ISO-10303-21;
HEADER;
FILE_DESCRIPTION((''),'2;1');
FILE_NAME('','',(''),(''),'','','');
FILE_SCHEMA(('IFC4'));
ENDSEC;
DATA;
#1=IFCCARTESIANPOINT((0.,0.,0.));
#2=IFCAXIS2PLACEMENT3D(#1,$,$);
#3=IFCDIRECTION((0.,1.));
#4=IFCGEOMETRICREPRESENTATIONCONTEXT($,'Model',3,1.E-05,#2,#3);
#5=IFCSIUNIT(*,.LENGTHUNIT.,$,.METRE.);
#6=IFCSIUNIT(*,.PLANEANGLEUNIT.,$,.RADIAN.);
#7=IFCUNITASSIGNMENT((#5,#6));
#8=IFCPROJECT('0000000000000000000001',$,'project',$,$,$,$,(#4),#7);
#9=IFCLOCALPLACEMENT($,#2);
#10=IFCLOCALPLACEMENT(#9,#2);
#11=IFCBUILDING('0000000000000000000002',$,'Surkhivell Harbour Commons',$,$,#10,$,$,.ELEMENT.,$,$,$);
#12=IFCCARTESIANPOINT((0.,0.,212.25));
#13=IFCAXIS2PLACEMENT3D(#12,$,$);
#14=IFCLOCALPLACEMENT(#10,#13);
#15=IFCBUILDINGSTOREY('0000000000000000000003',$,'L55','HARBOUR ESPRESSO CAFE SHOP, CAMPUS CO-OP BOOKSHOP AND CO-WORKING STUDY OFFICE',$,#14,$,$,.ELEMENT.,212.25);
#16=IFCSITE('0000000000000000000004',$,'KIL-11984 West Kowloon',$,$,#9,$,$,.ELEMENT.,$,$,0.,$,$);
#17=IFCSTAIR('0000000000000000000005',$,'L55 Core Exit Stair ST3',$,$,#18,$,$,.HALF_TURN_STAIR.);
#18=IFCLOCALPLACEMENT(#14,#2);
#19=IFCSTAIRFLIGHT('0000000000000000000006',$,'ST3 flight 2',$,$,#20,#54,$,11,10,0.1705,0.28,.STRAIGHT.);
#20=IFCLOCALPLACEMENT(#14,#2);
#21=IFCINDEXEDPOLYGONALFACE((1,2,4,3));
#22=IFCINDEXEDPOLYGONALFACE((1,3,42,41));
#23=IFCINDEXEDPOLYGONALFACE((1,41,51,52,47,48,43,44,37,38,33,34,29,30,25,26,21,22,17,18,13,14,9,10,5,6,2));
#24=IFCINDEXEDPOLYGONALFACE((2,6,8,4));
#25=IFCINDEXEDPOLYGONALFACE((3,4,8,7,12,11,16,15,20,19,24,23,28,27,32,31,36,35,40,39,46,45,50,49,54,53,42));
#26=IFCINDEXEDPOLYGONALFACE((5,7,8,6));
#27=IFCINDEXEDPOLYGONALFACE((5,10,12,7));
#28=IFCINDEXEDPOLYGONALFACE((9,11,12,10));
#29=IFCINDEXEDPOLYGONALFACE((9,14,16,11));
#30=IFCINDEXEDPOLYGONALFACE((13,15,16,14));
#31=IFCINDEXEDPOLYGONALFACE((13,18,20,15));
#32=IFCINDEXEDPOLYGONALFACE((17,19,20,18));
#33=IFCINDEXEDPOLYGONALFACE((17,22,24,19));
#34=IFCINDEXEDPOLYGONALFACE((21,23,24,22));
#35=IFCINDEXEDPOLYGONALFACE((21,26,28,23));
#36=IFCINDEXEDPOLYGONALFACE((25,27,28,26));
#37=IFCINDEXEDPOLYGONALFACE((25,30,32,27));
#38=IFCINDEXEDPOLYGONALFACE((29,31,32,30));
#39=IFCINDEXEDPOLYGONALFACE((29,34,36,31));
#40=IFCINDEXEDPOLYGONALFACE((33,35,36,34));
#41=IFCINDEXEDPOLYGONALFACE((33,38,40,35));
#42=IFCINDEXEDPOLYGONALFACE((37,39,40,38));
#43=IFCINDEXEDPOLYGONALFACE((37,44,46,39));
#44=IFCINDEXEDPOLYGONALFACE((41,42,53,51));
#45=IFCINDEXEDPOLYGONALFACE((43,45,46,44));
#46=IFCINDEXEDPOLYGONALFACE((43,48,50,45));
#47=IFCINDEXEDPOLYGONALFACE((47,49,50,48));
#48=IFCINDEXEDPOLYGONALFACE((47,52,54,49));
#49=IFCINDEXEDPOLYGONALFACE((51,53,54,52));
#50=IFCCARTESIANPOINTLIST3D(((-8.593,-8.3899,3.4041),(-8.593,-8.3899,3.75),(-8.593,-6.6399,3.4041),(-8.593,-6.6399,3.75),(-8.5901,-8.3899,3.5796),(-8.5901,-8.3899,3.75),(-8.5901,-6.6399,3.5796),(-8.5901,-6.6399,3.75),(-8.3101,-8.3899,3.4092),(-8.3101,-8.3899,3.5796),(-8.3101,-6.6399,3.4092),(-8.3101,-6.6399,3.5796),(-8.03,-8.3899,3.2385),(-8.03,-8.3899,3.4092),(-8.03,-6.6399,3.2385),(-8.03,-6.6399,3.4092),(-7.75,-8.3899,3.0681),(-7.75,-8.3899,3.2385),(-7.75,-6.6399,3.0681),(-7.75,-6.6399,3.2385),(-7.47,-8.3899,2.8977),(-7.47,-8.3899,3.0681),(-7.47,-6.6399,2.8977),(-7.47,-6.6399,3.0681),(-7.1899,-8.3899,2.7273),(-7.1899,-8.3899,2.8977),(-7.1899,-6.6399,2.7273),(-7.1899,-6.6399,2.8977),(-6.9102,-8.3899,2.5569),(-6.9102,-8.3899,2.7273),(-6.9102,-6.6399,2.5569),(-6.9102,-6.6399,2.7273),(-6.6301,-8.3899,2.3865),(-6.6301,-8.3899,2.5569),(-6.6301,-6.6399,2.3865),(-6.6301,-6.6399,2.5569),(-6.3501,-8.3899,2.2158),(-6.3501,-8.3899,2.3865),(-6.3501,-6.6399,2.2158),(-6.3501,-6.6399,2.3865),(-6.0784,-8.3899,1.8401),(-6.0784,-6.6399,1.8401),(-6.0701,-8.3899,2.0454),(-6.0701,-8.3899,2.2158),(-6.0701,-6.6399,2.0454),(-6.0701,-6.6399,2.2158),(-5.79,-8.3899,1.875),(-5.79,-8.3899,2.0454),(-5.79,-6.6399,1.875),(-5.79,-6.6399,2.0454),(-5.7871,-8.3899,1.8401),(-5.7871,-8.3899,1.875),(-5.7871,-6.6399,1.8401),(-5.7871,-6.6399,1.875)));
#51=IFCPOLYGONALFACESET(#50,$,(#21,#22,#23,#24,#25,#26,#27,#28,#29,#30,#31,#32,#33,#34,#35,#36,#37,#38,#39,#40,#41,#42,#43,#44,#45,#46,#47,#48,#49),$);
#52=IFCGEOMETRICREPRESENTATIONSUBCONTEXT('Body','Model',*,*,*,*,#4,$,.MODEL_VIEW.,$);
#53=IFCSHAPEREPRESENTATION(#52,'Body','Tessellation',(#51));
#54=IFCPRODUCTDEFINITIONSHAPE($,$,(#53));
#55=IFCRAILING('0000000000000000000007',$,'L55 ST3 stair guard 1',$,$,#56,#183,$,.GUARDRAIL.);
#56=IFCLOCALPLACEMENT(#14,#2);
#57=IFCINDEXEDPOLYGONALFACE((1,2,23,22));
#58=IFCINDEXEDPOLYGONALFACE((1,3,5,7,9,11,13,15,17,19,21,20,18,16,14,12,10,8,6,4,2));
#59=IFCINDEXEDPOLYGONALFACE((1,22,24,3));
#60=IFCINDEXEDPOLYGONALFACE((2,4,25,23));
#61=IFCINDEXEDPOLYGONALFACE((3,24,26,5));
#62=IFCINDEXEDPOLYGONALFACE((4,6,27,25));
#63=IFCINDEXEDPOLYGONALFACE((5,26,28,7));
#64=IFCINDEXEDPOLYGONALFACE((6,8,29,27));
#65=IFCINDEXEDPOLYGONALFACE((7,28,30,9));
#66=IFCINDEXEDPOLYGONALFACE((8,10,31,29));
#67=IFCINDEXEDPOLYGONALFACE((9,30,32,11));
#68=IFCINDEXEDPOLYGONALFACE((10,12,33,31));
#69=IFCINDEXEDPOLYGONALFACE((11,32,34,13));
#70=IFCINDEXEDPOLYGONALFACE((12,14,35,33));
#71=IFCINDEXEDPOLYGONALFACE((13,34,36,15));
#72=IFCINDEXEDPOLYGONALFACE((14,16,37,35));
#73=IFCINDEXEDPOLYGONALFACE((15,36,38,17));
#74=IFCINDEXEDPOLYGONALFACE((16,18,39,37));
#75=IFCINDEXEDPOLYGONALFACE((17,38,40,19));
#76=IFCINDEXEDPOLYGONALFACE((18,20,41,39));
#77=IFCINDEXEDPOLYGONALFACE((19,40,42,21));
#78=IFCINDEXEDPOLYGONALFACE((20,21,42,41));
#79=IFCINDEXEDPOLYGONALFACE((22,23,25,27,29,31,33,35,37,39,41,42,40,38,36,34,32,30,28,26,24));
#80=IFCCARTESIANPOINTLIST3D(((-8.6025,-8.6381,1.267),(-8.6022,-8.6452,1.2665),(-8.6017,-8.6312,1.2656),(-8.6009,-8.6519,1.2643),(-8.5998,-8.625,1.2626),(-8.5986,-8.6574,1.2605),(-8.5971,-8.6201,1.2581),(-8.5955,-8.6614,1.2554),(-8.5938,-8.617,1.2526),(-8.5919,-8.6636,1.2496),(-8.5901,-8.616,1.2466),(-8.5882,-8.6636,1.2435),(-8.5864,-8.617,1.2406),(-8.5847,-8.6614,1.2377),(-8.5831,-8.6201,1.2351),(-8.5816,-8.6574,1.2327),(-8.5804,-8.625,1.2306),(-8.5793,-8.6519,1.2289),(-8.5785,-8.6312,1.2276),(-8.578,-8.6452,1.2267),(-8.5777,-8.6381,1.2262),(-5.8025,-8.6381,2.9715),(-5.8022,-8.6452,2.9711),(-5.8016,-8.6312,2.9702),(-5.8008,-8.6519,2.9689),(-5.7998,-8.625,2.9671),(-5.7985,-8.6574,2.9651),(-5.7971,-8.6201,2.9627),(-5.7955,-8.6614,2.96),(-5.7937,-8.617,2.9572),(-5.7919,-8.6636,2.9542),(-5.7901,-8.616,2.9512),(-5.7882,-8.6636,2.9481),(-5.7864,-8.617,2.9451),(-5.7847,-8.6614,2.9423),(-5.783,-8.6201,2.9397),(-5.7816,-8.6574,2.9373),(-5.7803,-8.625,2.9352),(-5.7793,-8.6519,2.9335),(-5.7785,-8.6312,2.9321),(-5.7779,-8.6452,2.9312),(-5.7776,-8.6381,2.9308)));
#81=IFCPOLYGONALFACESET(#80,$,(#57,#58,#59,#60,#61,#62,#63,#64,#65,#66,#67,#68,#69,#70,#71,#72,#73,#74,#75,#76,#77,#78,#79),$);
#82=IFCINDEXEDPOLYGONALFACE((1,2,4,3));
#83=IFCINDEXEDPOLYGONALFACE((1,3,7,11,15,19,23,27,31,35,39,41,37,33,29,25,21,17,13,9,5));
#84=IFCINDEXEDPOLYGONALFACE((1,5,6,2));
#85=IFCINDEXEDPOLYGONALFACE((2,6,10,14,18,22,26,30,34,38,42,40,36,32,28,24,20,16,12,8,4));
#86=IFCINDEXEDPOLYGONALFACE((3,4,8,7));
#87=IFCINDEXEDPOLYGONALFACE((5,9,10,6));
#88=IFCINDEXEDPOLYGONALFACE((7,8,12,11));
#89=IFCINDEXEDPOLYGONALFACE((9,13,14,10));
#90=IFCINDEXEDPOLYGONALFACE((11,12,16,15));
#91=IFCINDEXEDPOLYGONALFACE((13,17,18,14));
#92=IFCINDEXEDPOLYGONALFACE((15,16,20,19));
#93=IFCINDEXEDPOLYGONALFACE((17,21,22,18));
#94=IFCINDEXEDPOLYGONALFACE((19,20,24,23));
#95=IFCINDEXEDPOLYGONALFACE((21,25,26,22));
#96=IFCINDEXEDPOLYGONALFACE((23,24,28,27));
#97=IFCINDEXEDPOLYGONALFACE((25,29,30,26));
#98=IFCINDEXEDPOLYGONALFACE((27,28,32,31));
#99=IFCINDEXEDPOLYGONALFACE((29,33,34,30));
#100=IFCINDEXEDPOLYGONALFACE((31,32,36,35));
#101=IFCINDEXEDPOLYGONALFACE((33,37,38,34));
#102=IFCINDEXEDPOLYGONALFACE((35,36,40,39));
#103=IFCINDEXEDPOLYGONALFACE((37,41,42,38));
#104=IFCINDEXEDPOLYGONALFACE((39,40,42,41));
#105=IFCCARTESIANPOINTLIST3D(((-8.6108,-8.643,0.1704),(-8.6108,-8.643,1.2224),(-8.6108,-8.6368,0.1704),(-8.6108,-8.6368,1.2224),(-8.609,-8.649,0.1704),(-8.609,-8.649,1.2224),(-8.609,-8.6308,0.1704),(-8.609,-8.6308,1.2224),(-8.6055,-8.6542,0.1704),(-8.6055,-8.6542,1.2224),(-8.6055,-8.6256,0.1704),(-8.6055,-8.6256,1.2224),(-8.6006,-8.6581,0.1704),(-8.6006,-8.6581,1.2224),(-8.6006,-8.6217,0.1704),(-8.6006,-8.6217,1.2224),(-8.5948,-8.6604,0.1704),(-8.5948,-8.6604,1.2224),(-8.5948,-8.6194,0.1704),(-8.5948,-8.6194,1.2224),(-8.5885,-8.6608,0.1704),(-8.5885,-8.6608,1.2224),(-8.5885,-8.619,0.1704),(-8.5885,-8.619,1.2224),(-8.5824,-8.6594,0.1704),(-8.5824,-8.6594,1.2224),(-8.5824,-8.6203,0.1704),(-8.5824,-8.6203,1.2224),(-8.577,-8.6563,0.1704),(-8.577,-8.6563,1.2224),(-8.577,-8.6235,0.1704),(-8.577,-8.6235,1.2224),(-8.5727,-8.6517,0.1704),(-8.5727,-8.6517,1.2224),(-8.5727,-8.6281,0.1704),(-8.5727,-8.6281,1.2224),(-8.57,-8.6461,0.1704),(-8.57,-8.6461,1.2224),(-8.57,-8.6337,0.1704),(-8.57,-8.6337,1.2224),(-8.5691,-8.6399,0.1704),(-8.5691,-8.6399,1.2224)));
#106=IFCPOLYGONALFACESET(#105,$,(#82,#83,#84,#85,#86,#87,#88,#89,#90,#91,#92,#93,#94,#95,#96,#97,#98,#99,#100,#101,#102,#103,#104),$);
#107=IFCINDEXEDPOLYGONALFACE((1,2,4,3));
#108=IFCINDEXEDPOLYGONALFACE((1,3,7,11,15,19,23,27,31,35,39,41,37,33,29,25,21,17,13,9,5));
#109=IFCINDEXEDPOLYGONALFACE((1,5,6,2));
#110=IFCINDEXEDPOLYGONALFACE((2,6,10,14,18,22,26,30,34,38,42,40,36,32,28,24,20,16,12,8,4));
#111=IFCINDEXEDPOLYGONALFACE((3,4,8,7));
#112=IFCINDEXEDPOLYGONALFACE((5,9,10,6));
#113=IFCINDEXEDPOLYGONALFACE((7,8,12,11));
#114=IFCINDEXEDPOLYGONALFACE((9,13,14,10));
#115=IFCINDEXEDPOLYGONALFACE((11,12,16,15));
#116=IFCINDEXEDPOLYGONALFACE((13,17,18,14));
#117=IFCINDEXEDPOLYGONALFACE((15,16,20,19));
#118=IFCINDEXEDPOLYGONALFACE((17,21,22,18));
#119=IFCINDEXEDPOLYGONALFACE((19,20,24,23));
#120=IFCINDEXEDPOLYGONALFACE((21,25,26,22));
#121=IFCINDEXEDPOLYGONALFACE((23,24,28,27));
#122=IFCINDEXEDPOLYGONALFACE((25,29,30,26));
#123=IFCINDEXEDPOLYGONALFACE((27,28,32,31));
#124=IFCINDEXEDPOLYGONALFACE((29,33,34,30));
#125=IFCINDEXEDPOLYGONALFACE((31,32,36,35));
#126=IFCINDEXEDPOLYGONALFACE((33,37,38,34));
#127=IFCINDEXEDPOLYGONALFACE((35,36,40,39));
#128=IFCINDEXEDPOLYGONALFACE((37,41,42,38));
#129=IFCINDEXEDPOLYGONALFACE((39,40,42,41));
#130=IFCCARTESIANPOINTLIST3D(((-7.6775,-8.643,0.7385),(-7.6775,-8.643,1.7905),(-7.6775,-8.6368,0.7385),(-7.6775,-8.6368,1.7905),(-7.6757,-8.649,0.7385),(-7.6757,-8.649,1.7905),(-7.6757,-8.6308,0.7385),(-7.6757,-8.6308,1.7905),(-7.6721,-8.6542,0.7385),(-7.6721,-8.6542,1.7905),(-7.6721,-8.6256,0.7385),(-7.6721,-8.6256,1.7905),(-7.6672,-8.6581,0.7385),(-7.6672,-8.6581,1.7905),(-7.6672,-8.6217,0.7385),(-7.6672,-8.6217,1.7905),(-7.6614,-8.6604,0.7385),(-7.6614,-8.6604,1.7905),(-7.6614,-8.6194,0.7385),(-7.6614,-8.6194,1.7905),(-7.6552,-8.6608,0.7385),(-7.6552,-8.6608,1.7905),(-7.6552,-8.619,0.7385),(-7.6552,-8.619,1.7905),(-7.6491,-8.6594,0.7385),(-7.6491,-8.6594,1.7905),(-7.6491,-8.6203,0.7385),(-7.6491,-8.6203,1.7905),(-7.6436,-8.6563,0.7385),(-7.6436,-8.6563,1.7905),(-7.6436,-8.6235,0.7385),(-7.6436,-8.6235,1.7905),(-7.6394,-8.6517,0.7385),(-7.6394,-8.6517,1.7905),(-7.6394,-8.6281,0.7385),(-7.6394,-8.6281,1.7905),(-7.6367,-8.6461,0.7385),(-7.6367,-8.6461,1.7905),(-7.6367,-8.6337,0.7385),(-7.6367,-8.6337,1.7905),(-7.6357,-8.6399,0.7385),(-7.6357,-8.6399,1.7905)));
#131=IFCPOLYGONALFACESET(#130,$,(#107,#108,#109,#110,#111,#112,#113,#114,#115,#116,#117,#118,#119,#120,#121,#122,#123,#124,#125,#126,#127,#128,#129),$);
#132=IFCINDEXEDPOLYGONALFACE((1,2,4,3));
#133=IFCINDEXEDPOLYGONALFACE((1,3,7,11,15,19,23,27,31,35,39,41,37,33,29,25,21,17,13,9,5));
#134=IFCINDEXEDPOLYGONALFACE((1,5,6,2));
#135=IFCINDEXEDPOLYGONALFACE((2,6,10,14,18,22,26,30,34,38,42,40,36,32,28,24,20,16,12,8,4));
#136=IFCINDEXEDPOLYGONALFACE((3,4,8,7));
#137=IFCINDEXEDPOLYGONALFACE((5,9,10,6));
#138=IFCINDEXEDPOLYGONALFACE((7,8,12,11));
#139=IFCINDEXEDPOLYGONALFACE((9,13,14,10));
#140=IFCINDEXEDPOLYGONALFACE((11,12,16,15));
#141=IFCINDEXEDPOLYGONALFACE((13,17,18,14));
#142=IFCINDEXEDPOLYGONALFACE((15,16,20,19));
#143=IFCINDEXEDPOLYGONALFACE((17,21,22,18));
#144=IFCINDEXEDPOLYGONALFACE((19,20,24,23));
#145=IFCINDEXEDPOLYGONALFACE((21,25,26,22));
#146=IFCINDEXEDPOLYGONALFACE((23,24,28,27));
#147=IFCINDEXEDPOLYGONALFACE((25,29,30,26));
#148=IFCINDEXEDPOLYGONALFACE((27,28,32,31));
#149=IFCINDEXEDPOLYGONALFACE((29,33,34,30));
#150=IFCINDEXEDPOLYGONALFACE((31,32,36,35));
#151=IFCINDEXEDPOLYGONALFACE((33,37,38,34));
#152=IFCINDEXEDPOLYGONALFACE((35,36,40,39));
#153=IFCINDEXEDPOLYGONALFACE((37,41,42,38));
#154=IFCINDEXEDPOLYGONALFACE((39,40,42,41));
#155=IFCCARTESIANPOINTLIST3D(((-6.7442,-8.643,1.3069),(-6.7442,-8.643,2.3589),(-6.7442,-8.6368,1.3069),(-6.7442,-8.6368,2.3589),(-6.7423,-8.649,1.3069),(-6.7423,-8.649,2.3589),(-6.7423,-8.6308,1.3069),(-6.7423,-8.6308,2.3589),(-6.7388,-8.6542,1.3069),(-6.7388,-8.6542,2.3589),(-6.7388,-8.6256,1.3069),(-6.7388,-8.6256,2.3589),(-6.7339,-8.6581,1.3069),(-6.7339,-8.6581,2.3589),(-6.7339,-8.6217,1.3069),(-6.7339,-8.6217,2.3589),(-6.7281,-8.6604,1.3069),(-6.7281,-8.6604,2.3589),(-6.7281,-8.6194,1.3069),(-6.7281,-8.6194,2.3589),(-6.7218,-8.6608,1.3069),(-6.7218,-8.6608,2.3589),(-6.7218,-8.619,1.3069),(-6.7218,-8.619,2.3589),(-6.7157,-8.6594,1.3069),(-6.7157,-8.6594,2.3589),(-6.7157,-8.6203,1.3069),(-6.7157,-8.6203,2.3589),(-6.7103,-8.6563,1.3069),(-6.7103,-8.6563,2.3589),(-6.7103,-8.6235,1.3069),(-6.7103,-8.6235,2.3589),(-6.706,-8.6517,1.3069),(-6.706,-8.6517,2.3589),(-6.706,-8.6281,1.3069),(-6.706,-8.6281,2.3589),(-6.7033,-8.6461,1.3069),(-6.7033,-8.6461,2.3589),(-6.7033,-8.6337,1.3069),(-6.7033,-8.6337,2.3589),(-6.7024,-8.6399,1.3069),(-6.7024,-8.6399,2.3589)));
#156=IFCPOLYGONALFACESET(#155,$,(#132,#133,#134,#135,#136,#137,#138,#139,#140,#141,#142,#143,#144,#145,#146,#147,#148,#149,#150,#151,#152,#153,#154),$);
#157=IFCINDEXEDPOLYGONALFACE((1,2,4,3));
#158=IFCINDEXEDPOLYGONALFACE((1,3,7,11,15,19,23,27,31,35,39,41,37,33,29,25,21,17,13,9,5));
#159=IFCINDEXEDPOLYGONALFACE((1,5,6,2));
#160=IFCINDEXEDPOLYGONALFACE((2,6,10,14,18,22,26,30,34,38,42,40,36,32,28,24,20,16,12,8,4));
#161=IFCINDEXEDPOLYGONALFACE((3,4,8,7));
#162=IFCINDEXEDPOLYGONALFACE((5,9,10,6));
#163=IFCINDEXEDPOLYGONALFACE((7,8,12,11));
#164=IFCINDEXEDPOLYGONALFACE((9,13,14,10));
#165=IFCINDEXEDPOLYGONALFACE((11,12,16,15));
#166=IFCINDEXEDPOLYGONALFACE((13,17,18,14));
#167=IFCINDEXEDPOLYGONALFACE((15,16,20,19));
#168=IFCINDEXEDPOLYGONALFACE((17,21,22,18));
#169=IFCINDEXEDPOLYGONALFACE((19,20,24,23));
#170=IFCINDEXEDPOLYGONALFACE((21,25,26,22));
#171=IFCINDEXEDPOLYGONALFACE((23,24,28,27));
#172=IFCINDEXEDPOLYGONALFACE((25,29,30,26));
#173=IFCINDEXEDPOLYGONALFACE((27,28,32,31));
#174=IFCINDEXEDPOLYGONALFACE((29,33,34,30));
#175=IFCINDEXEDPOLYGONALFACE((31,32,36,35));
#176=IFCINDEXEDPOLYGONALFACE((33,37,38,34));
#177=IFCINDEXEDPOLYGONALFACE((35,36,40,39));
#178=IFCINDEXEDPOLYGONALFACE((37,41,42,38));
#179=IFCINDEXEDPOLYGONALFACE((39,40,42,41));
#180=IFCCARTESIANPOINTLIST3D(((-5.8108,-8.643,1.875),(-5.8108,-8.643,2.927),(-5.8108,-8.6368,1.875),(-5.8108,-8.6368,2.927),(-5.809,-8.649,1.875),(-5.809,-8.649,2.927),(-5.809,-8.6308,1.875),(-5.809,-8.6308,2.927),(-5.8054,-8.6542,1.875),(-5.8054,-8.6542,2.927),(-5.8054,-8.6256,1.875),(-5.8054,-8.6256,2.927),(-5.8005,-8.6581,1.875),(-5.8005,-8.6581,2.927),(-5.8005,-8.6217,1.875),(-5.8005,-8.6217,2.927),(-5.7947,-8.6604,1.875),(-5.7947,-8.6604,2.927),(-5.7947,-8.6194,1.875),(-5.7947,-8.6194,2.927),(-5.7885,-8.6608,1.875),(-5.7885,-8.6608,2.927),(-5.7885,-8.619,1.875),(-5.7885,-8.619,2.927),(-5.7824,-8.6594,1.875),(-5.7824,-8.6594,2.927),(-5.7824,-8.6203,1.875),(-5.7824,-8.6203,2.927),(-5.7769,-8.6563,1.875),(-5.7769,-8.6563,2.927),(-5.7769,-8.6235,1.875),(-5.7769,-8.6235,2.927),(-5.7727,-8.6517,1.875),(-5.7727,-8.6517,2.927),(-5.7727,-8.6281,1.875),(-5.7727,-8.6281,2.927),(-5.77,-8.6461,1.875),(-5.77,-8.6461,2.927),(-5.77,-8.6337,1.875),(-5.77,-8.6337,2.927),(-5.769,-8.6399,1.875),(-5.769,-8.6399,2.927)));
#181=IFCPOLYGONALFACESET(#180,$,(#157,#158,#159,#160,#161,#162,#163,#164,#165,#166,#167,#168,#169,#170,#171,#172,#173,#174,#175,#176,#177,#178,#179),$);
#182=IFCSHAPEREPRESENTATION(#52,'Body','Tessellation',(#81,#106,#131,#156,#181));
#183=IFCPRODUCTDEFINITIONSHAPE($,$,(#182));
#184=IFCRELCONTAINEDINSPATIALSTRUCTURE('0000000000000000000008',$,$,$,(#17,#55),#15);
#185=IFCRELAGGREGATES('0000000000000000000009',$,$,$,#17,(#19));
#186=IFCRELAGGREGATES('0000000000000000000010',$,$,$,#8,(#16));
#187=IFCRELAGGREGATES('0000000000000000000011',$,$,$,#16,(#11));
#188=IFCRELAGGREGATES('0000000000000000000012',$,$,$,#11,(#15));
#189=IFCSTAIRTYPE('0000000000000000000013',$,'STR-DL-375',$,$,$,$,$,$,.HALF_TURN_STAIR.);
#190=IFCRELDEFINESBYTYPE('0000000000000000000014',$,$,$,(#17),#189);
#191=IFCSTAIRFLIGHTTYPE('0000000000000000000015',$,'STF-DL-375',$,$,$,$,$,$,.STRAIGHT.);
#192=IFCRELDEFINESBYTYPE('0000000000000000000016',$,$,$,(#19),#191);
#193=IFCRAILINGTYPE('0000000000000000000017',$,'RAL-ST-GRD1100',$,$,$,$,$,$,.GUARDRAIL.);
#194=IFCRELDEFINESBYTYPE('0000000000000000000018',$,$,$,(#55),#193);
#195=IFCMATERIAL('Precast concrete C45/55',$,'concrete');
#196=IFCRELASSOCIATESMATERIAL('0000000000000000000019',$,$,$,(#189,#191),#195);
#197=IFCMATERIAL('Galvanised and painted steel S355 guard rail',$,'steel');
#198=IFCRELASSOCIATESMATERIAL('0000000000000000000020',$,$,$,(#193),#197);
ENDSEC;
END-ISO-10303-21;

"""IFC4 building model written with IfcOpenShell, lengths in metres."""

from ifc_helpers import new_model, si_unit, direction, frame, origin, origin_2d, place, context, subcontext, project, spatial, polyline, circle, outline, extrude, material, type_object, element, aggregate, save


model = new_model("IFC4")

# Units and contexts
model_context = context("Model", 3, precision=1e-05, world=origin(), true_north=direction((0.0, 1.0)))
body_context = subcontext(model_context, "Body", "Model", "MODEL_VIEW")
ifc_project = project(units=[si_unit("LENGTHUNIT", "METRE"), si_unit("PLANEANGLEUNIT", "RADIAN")], contexts=[model_context])

# Site, building, storey
site_placement = place(None, origin())
site = spatial("IfcSite", under=ifc_project, at=site_placement, Name="KIL-11984 West Kowloon", CompositionType="ELEMENT", RefElevation=0.0)
building_placement = place(site_placement, origin())
building = spatial("IfcBuilding", under=site, at=building_placement, Name="Surkhivell Harbour Commons", CompositionType="ELEMENT")
storey_placement = place(building_placement, frame((0.0, 0.0, 212.25)))
storey = spatial("IfcBuildingStorey", under=building, at=storey_placement, Name="L55", Description="HARBOUR ESPRESSO CAFE SHOP, CAMPUS CO-OP BOOKSHOP AND CO-WORKING STUDY OFFICE", CompositionType="ELEMENT", Elevation=212.25)

# Stair, stair flight
ifc_material_1 = material(Name="Precast concrete C45/55", Category="concrete")
stair_type = type_object("IfcStairType", Name="STR-DL-375", PredefinedType="HALF_TURN_STAIR", material=ifc_material_1)
stair_placement = place(storey_placement, origin())
stair = element("IfcStair", 1, at=stair_placement, inside=storey, type_object=stair_type, Name="L55 Core Exit Stair ST3", PredefinedType="HALF_TURN_STAIR")
stair_flight_type = type_object("IfcStairFlightType", Name="STF-DL-375", PredefinedType="STRAIGHT", material=ifc_material_1)
stair_flight_1_placement = place(storey_placement, frame((-5.79, -7.5149, 1.875), z_axis=(0.0, 0.0, 1.0), x_axis=(-1.0, 0.0, 0.0)))
stair_flight_1 = element("IfcStairFlight", 2, at=stair_flight_1_placement, type_object=stair_flight_type, Name="ST3 flight 2", NumberOfRisers=11, NumberOfTreads=10, PredefinedType="STRAIGHT", RiserHeight=0.1705, TreadLength=0.28, context=body_context, shape_type="SweptSolid", body=[
    extrude(outline(polyline([(-0.0029, -0.0349), (-0.0029, 0.0), (0.0, 0.0), (0.0, 0.1704), (0.28, 0.1704), (0.28, 0.3408), (0.5601, 0.3408), (0.5601, 0.5115), (0.8401, 0.5115), (0.8401, 0.6819), (1.1201, 0.6819), (1.1201, 0.8523), (1.3999, 0.8523), (1.3999, 1.0227), (1.6799, 1.0227), (1.6799, 1.1931), (1.96, 1.1931), (1.96, 1.3635), (2.24, 1.3635), (2.24, 1.5342), (2.52, 1.5342), (2.52, 1.7046), (2.8, 1.7046), (2.8, 1.875), (2.803, 1.875), (2.803, 1.5291), (0.2883, -0.0349), (-0.0029, -0.0349)])), frame((0.0, 0.875, 0.0), z_axis=(0.0, -1.0, 0.0), x_axis=(1.0, 0.0, 0.0)), (0.0, 0.0, 1.0), 1.75),
])
aggregate(stair, [stair_flight_1])

# Railing
ifc_material_2 = material(Name="Galvanised and painted steel S355 guard rail", Category="steel")
railing_type_1 = type_object("IfcRailingType", Name="RAL-ST-GRD1100", PredefinedType="GUARDRAIL", material=ifc_material_2)
railing_1_placement = place(storey_placement, frame((-8.5901, -8.6399, 0.1704)))
element("IfcRailing", 3, at=railing_1_placement, inside=storey, type_object=railing_type_1, Name="L55 ST3 stair guard 1", PredefinedType="GUARDRAIL", context=body_context, shape_type="SweptSolid", body=[
    extrude(circle(Radius=0.0239, at=origin_2d()), frame((0.0, 0.0, 1.0762), z_axis=(0.85417, 0.0, 0.519994), x_axis=(0.0, 1.0, 0.0)), (0.0, 0.0, 1.0), 3.2781),
    extrude(circle(Radius=0.021, at=origin_2d()), origin(), (0.0, 0.0, 1.0), 1.052),
    extrude(circle(Radius=0.021, at=origin_2d()), frame((0.9333, 0.0, 0.5681)), (0.0, 0.0, 1.0), 1.052),
    extrude(circle(Radius=0.021, at=origin_2d()), frame((1.8667, 0.0, 1.1365)), (0.0, 0.0, 1.0), 1.052),
    extrude(circle(Radius=0.021, at=origin_2d()), frame((2.8, 0.0, 1.7046)), (0.0, 0.0, 1.0), 1.052),
])

save(model, "model.ifc")
